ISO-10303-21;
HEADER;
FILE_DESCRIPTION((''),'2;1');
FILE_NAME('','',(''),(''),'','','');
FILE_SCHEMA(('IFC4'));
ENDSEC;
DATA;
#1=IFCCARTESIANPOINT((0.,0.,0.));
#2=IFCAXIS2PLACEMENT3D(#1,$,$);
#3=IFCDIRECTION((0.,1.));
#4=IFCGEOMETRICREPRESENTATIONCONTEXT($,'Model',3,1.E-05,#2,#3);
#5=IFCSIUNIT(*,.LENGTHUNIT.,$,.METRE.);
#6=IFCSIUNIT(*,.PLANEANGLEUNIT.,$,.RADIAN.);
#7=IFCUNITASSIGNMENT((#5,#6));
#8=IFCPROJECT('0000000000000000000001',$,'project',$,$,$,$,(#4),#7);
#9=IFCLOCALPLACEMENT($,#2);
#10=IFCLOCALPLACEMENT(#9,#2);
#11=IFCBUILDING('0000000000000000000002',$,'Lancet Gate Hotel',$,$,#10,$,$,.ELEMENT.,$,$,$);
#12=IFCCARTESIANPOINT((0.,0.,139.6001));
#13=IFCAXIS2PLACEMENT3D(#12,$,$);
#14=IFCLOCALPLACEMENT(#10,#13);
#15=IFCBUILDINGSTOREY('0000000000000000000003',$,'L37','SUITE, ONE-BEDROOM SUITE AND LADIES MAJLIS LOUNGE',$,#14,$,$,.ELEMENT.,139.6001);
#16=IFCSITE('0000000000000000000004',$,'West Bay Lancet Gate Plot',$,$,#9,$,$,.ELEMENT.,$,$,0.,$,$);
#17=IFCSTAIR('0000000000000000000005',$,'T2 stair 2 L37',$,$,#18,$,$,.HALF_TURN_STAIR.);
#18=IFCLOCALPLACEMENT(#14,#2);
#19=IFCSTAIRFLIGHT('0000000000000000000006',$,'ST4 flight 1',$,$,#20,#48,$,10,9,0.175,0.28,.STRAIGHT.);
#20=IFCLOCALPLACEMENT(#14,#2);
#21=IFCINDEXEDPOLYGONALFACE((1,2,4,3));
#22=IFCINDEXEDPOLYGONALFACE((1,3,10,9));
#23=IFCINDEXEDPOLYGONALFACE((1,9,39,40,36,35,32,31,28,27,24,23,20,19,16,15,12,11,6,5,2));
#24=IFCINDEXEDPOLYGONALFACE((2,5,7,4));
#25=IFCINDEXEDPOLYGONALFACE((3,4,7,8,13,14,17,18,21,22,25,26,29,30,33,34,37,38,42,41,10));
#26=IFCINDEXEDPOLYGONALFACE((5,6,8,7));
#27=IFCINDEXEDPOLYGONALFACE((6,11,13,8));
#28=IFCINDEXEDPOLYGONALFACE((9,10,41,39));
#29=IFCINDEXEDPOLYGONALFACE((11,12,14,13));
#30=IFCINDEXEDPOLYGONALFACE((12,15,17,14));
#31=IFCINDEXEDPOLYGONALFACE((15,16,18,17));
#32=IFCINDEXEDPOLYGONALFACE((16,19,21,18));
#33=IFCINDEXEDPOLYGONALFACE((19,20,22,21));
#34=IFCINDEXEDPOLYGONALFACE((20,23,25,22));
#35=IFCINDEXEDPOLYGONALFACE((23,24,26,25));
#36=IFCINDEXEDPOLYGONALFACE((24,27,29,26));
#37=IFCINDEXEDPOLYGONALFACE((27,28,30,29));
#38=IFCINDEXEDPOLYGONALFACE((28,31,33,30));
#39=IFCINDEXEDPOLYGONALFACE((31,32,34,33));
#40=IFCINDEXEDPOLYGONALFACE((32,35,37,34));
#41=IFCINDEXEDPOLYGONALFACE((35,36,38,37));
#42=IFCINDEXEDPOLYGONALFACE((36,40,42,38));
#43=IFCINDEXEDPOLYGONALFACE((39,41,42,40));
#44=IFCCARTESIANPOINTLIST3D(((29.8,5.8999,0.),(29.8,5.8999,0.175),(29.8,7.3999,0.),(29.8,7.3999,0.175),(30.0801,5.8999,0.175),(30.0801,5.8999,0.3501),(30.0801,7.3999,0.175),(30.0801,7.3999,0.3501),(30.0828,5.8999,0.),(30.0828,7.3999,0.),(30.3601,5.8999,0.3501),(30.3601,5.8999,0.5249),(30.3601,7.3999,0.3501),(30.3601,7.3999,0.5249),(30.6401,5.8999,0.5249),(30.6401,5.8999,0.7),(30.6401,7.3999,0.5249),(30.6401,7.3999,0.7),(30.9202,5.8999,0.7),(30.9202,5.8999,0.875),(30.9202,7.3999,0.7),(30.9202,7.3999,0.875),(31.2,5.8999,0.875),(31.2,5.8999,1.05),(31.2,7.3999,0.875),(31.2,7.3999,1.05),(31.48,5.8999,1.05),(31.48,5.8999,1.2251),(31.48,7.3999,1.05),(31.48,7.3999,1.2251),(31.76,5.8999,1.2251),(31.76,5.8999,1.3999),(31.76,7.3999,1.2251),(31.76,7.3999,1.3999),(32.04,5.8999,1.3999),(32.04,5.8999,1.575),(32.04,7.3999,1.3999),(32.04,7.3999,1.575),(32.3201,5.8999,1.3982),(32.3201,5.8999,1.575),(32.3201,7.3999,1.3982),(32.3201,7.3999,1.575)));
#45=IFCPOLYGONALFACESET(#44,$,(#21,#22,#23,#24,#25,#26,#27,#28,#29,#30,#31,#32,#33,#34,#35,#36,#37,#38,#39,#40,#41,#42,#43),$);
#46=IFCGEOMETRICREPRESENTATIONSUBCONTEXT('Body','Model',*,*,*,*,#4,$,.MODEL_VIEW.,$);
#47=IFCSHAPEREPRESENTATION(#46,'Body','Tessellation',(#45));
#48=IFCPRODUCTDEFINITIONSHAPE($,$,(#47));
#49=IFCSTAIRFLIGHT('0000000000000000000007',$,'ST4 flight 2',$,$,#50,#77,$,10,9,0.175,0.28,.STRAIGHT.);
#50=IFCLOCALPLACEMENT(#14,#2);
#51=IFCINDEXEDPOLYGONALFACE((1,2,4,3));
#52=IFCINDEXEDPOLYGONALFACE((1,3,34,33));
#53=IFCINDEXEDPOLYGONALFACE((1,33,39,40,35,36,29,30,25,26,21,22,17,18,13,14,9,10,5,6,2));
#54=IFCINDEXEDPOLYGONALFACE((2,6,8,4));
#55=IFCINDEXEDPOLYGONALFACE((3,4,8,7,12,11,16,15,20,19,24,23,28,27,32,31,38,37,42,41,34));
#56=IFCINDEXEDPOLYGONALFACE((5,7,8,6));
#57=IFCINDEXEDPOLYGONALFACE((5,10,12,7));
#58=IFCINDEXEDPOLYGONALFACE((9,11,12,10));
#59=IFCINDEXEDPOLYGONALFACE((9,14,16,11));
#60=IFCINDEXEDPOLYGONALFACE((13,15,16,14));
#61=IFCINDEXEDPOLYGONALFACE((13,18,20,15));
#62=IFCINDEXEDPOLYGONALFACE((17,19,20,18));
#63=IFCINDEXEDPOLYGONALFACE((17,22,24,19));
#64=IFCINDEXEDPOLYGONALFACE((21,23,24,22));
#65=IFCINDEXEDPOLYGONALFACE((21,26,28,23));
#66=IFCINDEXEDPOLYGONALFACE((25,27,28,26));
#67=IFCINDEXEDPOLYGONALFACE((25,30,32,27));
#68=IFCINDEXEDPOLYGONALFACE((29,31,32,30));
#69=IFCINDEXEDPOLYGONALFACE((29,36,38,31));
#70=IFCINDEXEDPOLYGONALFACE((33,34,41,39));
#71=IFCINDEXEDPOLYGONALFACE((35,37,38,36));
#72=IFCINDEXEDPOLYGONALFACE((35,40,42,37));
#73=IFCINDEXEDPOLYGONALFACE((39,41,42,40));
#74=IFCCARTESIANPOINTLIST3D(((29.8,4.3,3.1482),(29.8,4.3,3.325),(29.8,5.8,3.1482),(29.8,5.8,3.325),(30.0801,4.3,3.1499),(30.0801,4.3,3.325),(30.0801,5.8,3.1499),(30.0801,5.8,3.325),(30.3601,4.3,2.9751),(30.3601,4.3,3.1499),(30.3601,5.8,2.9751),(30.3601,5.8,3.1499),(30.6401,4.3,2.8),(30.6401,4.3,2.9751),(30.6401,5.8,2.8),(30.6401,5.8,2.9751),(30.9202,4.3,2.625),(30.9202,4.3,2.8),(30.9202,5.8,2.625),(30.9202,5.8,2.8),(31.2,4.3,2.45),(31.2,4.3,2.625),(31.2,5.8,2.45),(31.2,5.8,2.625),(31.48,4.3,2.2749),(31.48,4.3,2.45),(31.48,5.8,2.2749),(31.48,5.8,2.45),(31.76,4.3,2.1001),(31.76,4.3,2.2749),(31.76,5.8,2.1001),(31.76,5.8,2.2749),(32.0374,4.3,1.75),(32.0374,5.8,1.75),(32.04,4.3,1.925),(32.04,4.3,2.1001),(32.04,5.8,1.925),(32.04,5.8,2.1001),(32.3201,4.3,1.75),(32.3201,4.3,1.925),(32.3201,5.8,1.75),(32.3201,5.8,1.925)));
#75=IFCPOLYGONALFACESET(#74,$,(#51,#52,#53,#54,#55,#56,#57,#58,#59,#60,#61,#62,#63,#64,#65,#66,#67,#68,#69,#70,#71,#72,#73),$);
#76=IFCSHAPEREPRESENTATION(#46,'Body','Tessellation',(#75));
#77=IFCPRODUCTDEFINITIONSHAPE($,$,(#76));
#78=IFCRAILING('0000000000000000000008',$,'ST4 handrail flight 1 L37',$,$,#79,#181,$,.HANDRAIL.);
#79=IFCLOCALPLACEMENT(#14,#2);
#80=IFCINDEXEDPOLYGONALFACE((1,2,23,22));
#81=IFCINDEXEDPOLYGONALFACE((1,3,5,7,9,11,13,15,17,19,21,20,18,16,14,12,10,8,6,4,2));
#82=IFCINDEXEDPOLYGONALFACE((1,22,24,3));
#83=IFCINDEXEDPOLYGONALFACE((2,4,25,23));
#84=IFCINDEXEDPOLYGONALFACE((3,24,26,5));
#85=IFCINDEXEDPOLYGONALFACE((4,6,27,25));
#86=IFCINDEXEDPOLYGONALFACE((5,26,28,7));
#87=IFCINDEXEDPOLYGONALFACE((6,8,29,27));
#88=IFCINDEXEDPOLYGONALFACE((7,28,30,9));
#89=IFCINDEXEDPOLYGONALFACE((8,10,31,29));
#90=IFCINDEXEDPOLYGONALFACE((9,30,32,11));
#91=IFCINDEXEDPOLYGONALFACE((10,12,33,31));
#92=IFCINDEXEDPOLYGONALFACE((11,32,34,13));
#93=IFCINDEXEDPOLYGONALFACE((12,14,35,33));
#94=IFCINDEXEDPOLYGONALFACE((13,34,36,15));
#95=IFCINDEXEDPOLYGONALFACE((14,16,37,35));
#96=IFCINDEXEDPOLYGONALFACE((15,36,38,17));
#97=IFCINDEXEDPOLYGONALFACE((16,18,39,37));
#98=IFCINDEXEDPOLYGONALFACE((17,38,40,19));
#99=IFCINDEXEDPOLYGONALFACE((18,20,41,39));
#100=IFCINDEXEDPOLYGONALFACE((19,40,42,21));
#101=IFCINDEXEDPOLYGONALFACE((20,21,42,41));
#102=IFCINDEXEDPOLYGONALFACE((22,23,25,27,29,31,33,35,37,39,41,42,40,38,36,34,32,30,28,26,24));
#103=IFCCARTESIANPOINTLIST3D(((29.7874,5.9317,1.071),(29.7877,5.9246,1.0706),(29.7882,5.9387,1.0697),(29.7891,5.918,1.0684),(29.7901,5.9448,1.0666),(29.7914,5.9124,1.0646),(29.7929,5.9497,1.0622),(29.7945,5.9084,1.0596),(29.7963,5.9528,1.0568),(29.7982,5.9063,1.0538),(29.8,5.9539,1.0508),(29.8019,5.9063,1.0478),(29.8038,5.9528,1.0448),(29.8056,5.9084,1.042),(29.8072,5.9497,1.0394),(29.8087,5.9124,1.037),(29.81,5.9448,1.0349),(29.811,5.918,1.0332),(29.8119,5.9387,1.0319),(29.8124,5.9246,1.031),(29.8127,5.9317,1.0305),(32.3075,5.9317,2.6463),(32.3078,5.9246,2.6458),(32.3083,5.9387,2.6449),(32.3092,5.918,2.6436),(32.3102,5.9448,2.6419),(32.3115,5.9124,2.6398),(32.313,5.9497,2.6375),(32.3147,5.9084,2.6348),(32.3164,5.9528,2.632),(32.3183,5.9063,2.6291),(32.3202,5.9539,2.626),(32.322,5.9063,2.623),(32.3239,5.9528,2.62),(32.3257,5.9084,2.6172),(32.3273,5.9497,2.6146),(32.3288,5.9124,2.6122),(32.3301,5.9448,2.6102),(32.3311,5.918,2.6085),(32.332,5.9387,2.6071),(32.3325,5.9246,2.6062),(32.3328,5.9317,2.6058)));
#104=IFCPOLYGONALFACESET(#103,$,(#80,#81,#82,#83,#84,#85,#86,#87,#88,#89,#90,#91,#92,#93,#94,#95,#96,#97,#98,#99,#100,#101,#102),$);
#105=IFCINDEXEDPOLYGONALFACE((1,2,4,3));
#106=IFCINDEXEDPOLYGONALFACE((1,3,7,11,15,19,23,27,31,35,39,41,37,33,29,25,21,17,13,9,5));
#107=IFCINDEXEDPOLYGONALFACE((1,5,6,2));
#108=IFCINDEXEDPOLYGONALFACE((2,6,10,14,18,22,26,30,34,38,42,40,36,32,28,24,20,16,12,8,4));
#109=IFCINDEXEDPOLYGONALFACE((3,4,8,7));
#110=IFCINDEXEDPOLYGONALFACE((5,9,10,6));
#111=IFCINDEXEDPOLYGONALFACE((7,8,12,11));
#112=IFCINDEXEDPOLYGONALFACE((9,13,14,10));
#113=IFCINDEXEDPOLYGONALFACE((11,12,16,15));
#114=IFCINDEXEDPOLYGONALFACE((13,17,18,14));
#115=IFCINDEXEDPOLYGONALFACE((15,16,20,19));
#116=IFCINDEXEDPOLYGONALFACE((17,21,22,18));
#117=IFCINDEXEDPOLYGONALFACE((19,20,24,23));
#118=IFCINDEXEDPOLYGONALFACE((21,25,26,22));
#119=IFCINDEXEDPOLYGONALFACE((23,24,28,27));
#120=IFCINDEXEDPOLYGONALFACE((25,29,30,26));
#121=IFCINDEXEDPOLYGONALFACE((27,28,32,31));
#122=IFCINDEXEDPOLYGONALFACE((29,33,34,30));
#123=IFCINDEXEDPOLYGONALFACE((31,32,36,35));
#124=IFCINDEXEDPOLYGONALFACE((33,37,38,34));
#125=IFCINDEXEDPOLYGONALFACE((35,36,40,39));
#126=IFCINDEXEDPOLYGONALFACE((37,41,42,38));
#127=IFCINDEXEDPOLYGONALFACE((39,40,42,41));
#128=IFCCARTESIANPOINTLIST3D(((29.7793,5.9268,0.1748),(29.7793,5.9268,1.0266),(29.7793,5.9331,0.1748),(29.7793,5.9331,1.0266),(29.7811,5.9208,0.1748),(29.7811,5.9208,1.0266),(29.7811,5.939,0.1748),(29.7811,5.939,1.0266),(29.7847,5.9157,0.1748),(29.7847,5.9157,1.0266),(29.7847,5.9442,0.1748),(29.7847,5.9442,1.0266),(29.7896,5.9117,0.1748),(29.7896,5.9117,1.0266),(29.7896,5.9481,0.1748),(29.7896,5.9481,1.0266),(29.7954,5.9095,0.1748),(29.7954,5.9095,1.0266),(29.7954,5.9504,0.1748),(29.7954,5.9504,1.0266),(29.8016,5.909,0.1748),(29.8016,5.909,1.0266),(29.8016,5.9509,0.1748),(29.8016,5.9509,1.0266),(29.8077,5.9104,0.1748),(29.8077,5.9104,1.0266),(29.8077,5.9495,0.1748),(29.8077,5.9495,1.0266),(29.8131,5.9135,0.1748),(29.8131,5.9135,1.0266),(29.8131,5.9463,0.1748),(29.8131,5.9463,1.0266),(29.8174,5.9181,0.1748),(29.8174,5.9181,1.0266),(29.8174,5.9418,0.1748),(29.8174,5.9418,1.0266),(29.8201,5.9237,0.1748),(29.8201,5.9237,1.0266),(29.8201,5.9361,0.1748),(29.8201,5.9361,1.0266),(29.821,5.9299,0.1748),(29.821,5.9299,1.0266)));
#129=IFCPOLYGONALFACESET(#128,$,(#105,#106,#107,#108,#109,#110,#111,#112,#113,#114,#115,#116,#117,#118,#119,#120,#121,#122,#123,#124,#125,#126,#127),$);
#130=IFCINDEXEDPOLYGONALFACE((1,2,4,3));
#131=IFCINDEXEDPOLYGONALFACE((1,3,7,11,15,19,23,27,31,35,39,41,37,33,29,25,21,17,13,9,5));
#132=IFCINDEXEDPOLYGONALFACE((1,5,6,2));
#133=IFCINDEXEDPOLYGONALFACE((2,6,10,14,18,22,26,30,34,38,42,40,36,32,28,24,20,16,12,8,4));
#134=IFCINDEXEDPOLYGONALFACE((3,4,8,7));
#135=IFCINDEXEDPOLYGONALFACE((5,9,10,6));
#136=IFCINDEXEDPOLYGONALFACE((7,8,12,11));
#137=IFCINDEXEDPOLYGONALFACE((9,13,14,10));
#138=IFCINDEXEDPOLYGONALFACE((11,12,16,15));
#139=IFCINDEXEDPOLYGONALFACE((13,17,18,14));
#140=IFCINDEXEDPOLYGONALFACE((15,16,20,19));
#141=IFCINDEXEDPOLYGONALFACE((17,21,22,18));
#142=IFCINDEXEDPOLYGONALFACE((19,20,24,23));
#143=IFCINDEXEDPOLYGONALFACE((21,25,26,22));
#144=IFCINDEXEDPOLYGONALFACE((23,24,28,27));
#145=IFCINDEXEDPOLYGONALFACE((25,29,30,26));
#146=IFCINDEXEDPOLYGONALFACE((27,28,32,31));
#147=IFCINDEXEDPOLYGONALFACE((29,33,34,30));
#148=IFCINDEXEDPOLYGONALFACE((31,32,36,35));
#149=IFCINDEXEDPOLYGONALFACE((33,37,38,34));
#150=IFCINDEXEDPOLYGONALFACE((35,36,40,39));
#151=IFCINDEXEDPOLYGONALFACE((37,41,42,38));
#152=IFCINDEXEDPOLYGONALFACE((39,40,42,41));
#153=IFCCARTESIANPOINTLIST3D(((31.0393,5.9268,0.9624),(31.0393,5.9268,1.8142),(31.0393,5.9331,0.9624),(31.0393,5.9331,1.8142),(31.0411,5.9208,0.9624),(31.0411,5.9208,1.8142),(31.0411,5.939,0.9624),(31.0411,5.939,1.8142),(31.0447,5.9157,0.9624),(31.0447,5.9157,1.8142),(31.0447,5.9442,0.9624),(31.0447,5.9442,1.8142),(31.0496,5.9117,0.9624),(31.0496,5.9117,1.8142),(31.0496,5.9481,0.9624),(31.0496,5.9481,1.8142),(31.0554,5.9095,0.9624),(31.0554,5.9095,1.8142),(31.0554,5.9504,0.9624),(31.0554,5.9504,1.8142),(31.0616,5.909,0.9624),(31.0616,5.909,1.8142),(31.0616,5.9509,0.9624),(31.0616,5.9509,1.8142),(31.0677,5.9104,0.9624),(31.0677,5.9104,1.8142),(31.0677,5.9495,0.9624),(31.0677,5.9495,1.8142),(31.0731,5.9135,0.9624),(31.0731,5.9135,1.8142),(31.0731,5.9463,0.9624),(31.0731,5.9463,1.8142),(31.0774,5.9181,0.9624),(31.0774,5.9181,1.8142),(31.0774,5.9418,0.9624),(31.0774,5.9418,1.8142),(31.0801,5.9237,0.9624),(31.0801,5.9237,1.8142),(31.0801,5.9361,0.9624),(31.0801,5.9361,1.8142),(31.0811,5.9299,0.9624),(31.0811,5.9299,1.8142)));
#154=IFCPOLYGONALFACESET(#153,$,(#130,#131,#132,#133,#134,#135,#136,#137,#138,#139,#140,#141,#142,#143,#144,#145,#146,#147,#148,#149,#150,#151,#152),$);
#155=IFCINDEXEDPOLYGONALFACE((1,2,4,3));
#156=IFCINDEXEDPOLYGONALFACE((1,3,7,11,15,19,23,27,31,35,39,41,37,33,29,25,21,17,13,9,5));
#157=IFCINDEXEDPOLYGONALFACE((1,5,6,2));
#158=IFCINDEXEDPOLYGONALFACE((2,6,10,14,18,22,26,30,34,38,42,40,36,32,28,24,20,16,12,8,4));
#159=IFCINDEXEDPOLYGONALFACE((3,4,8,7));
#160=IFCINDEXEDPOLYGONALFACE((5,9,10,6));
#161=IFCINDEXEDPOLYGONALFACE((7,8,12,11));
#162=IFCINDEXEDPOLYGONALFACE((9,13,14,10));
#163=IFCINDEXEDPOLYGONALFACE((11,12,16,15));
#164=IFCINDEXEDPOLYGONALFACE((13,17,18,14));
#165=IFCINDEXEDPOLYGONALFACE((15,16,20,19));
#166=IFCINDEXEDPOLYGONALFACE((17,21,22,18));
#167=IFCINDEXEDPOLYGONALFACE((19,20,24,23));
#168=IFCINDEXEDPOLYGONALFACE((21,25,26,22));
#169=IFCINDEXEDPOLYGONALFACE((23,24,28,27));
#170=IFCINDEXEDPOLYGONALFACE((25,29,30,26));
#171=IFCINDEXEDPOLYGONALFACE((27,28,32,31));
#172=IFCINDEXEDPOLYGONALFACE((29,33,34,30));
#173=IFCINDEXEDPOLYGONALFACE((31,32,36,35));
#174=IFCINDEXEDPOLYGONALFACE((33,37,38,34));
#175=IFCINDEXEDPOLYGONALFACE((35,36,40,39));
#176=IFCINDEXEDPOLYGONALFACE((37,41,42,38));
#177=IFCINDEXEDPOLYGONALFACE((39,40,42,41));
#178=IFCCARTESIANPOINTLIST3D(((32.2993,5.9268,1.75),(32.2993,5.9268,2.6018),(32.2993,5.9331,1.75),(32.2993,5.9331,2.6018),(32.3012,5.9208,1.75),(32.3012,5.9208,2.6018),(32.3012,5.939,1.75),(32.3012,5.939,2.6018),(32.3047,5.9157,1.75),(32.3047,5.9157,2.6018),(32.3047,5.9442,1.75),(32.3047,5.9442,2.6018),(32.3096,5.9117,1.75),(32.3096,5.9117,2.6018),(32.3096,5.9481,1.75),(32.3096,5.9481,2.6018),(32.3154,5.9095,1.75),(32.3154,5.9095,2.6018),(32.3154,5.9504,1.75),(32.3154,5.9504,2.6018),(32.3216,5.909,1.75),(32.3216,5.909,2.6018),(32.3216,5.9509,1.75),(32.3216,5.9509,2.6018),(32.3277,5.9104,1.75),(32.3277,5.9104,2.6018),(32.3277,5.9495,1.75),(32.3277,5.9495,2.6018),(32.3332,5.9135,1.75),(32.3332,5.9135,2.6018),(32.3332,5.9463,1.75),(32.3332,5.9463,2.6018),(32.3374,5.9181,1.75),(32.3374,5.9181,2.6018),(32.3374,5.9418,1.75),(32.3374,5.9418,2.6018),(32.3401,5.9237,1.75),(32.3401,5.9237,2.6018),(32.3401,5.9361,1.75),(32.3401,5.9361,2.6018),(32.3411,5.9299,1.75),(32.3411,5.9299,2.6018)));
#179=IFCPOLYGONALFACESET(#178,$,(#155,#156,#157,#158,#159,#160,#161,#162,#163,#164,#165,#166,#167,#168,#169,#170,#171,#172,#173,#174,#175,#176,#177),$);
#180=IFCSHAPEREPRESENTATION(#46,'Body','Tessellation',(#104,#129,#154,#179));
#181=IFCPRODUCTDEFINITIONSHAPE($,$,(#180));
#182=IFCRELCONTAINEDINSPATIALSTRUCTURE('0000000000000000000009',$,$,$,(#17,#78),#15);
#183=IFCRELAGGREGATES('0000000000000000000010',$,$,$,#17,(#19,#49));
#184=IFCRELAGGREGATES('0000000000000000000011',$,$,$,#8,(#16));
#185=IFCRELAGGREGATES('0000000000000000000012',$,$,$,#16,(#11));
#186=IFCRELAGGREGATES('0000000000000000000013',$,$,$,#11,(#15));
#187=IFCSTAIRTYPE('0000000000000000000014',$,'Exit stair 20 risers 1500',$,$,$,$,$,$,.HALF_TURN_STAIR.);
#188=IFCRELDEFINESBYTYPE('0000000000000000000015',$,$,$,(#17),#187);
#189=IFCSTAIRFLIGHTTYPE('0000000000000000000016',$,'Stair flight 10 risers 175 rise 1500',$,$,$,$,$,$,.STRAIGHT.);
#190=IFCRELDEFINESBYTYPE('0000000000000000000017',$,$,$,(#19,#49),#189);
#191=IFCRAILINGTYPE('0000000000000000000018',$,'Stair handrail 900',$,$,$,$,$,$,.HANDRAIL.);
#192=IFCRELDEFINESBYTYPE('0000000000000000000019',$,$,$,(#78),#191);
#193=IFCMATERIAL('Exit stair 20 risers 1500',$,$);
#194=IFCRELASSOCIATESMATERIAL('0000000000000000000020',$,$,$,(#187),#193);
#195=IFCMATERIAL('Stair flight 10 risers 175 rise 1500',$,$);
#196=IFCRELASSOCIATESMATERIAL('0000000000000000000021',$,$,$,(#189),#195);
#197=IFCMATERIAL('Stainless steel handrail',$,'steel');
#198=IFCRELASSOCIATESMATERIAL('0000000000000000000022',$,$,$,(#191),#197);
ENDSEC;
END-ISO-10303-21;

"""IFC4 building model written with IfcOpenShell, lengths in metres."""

from ifc_helpers import new_model, si_unit, direction, frame, origin, origin_2d, place, context, subcontext, project, spatial, polyline, circle, outline, extrude, material, type_object, element, aggregate, save


model = new_model("IFC4")

# Units and contexts
model_context = context("Model", 3, precision=1e-05, world=origin(), true_north=direction((0.0, 1.0)))
body_context = subcontext(model_context, "Body", "Model", "MODEL_VIEW")
ifc_project = project(units=[si_unit("LENGTHUNIT", "METRE"), si_unit("PLANEANGLEUNIT", "RADIAN")], contexts=[model_context])

# Site, building, storey
site_placement = place(None, origin())
site = spatial("IfcSite", under=ifc_project, at=site_placement, Name="West Bay Lancet Gate Plot", CompositionType="ELEMENT", RefElevation=0.0)
building_placement = place(site_placement, origin())
building = spatial("IfcBuilding", under=site, at=building_placement, Name="Lancet Gate Hotel", CompositionType="ELEMENT")
storey_placement = place(building_placement, frame((0.0, 0.0, 139.6001)))
storey = spatial("IfcBuildingStorey", under=building, at=storey_placement, Name="L37", Description="SUITE, ONE-BEDROOM SUITE AND LADIES MAJLIS LOUNGE", CompositionType="ELEMENT", Elevation=139.6001)

# Stair, stair flights
ifc_material_1 = material(Name="Exit stair 20 risers 1500")
stair_type = type_object("IfcStairType", Name="Exit stair 20 risers 1500", PredefinedType="HALF_TURN_STAIR", material=ifc_material_1)
stair_placement = place(storey_placement, origin())
stair = element("IfcStair", 1, at=stair_placement, inside=storey, type_object=stair_type, Name="T2 stair 2 L37", PredefinedType="HALF_TURN_STAIR")
ifc_material_2 = material(Name="Stair flight 10 risers 175 rise 1500")
stair_flight_type = type_object("IfcStairFlightType", Name="Stair flight 10 risers 175 rise 1500", PredefinedType="STRAIGHT", material=ifc_material_2)
stair_flight_1_placement = place(storey_placement, frame((29.8, 6.6499, 0.0), z_axis=(0.0, 0.0, 1.0), x_axis=(1.0, 0.0, 0.0)))
stair_flight_1 = element("IfcStairFlight", 2, at=stair_flight_1_placement, type_object=stair_flight_type, Name="ST4 flight 1", NumberOfRisers=10, NumberOfTreads=9, PredefinedType="STRAIGHT", RiserHeight=0.175, TreadLength=0.28, context=body_context, shape_type="SweptSolid", body=[
    extrude(outline(polyline([(0.0, 0.0), (0.0, 0.175), (0.28, 0.175), (0.28, 0.3501), (0.5601, 0.3501), (0.5601, 0.5249), (0.8401, 0.5249), (0.8401, 0.7), (1.1201, 0.7), (1.1201, 0.875), (1.3999, 0.875), (1.3999, 1.05), (1.6799, 1.05), (1.6799, 1.2251), (1.96, 1.2251), (1.96, 1.3999), (2.24, 1.3999), (2.24, 1.575), (2.52, 1.575), (2.52, 1.75), (2.52, 1.3982), (0.2827, 0.0), (0.0, 0.0)])), frame((0.0, 0.75, 0.0), z_axis=(0.0, -1.0, 0.0), x_axis=(1.0, 0.0, 0.0)), (0.0, 0.0, 1.0), 1.5),
])
stair_flight_2_placement = place(storey_placement, frame((32.3201, 5.05, 1.75), z_axis=(0.0, 0.0, 1.0), x_axis=(-1.0, 0.0, 0.0)))
stair_flight_2 = element("IfcStairFlight", 3, at=stair_flight_2_placement, type_object=stair_flight_type, Name="ST4 flight 2", NumberOfRisers=10, NumberOfTreads=9, PredefinedType="STRAIGHT", RiserHeight=0.175, TreadLength=0.28, context=body_context, shape_type="SweptSolid", body=[
    extrude(outline(polyline([(0.0, 0.0), (0.0, 0.175), (0.28, 0.175), (0.28, 0.3501), (0.5601, 0.3501), (0.5601, 0.5249), (0.8401, 0.5249), (0.8401, 0.7), (1.1201, 0.7), (1.1201, 0.875), (1.3999, 0.875), (1.3999, 1.05), (1.6799, 1.05), (1.6799, 1.2251), (1.96, 1.2251), (1.96, 1.3999), (2.24, 1.3999), (2.24, 1.575), (2.52, 1.575), (2.52, 1.75), (2.52, 1.3982), (0.2827, 0.0), (0.0, 0.0)])), frame((0.0, 0.75, 0.0), z_axis=(0.0, -1.0, 0.0), x_axis=(1.0, 0.0, 0.0)), (0.0, 0.0, 1.0), 1.5),
])
aggregate(stair, [stair_flight_1, stair_flight_2])

# Railing
ifc_material_3 = material(Name="Stainless steel handrail", Category="steel")
railing_type = type_object("IfcRailingType", Name="Stair handrail 900", PredefinedType="HANDRAIL", material=ifc_material_3)
railing_1_placement = place(storey_placement, frame((29.8, 5.9299, 0.1748)))
element("IfcRailing", 4, at=railing_1_placement, inside=storey, type_object=railing_type, Name="ST4 handrail flight 1 L37", PredefinedType="HANDRAIL", context=body_context, shape_type="SweptSolid", body=[
    extrude(circle(Radius=0.0239, at=origin_2d()), frame((0.0, 0.0, 0.876), z_axis=(0.847971, 0.0, 0.530043), x_axis=(0.0, 1.0, 0.0)), (0.0, 0.0, 1.0), 2.9719),
    extrude(circle(Radius=0.021, at=origin_2d()), origin(), (0.0, 0.0, 1.0), 0.8518),
    extrude(circle(Radius=0.021, at=origin_2d()), frame((1.26, 0.0, 0.7876)), (0.0, 0.0, 1.0), 0.8518),
    extrude(circle(Radius=0.021, at=origin_2d()), frame((2.52, 0.0, 1.5752)), (0.0, 0.0, 1.0), 0.8518),
])

save(model, "model.ifc")
